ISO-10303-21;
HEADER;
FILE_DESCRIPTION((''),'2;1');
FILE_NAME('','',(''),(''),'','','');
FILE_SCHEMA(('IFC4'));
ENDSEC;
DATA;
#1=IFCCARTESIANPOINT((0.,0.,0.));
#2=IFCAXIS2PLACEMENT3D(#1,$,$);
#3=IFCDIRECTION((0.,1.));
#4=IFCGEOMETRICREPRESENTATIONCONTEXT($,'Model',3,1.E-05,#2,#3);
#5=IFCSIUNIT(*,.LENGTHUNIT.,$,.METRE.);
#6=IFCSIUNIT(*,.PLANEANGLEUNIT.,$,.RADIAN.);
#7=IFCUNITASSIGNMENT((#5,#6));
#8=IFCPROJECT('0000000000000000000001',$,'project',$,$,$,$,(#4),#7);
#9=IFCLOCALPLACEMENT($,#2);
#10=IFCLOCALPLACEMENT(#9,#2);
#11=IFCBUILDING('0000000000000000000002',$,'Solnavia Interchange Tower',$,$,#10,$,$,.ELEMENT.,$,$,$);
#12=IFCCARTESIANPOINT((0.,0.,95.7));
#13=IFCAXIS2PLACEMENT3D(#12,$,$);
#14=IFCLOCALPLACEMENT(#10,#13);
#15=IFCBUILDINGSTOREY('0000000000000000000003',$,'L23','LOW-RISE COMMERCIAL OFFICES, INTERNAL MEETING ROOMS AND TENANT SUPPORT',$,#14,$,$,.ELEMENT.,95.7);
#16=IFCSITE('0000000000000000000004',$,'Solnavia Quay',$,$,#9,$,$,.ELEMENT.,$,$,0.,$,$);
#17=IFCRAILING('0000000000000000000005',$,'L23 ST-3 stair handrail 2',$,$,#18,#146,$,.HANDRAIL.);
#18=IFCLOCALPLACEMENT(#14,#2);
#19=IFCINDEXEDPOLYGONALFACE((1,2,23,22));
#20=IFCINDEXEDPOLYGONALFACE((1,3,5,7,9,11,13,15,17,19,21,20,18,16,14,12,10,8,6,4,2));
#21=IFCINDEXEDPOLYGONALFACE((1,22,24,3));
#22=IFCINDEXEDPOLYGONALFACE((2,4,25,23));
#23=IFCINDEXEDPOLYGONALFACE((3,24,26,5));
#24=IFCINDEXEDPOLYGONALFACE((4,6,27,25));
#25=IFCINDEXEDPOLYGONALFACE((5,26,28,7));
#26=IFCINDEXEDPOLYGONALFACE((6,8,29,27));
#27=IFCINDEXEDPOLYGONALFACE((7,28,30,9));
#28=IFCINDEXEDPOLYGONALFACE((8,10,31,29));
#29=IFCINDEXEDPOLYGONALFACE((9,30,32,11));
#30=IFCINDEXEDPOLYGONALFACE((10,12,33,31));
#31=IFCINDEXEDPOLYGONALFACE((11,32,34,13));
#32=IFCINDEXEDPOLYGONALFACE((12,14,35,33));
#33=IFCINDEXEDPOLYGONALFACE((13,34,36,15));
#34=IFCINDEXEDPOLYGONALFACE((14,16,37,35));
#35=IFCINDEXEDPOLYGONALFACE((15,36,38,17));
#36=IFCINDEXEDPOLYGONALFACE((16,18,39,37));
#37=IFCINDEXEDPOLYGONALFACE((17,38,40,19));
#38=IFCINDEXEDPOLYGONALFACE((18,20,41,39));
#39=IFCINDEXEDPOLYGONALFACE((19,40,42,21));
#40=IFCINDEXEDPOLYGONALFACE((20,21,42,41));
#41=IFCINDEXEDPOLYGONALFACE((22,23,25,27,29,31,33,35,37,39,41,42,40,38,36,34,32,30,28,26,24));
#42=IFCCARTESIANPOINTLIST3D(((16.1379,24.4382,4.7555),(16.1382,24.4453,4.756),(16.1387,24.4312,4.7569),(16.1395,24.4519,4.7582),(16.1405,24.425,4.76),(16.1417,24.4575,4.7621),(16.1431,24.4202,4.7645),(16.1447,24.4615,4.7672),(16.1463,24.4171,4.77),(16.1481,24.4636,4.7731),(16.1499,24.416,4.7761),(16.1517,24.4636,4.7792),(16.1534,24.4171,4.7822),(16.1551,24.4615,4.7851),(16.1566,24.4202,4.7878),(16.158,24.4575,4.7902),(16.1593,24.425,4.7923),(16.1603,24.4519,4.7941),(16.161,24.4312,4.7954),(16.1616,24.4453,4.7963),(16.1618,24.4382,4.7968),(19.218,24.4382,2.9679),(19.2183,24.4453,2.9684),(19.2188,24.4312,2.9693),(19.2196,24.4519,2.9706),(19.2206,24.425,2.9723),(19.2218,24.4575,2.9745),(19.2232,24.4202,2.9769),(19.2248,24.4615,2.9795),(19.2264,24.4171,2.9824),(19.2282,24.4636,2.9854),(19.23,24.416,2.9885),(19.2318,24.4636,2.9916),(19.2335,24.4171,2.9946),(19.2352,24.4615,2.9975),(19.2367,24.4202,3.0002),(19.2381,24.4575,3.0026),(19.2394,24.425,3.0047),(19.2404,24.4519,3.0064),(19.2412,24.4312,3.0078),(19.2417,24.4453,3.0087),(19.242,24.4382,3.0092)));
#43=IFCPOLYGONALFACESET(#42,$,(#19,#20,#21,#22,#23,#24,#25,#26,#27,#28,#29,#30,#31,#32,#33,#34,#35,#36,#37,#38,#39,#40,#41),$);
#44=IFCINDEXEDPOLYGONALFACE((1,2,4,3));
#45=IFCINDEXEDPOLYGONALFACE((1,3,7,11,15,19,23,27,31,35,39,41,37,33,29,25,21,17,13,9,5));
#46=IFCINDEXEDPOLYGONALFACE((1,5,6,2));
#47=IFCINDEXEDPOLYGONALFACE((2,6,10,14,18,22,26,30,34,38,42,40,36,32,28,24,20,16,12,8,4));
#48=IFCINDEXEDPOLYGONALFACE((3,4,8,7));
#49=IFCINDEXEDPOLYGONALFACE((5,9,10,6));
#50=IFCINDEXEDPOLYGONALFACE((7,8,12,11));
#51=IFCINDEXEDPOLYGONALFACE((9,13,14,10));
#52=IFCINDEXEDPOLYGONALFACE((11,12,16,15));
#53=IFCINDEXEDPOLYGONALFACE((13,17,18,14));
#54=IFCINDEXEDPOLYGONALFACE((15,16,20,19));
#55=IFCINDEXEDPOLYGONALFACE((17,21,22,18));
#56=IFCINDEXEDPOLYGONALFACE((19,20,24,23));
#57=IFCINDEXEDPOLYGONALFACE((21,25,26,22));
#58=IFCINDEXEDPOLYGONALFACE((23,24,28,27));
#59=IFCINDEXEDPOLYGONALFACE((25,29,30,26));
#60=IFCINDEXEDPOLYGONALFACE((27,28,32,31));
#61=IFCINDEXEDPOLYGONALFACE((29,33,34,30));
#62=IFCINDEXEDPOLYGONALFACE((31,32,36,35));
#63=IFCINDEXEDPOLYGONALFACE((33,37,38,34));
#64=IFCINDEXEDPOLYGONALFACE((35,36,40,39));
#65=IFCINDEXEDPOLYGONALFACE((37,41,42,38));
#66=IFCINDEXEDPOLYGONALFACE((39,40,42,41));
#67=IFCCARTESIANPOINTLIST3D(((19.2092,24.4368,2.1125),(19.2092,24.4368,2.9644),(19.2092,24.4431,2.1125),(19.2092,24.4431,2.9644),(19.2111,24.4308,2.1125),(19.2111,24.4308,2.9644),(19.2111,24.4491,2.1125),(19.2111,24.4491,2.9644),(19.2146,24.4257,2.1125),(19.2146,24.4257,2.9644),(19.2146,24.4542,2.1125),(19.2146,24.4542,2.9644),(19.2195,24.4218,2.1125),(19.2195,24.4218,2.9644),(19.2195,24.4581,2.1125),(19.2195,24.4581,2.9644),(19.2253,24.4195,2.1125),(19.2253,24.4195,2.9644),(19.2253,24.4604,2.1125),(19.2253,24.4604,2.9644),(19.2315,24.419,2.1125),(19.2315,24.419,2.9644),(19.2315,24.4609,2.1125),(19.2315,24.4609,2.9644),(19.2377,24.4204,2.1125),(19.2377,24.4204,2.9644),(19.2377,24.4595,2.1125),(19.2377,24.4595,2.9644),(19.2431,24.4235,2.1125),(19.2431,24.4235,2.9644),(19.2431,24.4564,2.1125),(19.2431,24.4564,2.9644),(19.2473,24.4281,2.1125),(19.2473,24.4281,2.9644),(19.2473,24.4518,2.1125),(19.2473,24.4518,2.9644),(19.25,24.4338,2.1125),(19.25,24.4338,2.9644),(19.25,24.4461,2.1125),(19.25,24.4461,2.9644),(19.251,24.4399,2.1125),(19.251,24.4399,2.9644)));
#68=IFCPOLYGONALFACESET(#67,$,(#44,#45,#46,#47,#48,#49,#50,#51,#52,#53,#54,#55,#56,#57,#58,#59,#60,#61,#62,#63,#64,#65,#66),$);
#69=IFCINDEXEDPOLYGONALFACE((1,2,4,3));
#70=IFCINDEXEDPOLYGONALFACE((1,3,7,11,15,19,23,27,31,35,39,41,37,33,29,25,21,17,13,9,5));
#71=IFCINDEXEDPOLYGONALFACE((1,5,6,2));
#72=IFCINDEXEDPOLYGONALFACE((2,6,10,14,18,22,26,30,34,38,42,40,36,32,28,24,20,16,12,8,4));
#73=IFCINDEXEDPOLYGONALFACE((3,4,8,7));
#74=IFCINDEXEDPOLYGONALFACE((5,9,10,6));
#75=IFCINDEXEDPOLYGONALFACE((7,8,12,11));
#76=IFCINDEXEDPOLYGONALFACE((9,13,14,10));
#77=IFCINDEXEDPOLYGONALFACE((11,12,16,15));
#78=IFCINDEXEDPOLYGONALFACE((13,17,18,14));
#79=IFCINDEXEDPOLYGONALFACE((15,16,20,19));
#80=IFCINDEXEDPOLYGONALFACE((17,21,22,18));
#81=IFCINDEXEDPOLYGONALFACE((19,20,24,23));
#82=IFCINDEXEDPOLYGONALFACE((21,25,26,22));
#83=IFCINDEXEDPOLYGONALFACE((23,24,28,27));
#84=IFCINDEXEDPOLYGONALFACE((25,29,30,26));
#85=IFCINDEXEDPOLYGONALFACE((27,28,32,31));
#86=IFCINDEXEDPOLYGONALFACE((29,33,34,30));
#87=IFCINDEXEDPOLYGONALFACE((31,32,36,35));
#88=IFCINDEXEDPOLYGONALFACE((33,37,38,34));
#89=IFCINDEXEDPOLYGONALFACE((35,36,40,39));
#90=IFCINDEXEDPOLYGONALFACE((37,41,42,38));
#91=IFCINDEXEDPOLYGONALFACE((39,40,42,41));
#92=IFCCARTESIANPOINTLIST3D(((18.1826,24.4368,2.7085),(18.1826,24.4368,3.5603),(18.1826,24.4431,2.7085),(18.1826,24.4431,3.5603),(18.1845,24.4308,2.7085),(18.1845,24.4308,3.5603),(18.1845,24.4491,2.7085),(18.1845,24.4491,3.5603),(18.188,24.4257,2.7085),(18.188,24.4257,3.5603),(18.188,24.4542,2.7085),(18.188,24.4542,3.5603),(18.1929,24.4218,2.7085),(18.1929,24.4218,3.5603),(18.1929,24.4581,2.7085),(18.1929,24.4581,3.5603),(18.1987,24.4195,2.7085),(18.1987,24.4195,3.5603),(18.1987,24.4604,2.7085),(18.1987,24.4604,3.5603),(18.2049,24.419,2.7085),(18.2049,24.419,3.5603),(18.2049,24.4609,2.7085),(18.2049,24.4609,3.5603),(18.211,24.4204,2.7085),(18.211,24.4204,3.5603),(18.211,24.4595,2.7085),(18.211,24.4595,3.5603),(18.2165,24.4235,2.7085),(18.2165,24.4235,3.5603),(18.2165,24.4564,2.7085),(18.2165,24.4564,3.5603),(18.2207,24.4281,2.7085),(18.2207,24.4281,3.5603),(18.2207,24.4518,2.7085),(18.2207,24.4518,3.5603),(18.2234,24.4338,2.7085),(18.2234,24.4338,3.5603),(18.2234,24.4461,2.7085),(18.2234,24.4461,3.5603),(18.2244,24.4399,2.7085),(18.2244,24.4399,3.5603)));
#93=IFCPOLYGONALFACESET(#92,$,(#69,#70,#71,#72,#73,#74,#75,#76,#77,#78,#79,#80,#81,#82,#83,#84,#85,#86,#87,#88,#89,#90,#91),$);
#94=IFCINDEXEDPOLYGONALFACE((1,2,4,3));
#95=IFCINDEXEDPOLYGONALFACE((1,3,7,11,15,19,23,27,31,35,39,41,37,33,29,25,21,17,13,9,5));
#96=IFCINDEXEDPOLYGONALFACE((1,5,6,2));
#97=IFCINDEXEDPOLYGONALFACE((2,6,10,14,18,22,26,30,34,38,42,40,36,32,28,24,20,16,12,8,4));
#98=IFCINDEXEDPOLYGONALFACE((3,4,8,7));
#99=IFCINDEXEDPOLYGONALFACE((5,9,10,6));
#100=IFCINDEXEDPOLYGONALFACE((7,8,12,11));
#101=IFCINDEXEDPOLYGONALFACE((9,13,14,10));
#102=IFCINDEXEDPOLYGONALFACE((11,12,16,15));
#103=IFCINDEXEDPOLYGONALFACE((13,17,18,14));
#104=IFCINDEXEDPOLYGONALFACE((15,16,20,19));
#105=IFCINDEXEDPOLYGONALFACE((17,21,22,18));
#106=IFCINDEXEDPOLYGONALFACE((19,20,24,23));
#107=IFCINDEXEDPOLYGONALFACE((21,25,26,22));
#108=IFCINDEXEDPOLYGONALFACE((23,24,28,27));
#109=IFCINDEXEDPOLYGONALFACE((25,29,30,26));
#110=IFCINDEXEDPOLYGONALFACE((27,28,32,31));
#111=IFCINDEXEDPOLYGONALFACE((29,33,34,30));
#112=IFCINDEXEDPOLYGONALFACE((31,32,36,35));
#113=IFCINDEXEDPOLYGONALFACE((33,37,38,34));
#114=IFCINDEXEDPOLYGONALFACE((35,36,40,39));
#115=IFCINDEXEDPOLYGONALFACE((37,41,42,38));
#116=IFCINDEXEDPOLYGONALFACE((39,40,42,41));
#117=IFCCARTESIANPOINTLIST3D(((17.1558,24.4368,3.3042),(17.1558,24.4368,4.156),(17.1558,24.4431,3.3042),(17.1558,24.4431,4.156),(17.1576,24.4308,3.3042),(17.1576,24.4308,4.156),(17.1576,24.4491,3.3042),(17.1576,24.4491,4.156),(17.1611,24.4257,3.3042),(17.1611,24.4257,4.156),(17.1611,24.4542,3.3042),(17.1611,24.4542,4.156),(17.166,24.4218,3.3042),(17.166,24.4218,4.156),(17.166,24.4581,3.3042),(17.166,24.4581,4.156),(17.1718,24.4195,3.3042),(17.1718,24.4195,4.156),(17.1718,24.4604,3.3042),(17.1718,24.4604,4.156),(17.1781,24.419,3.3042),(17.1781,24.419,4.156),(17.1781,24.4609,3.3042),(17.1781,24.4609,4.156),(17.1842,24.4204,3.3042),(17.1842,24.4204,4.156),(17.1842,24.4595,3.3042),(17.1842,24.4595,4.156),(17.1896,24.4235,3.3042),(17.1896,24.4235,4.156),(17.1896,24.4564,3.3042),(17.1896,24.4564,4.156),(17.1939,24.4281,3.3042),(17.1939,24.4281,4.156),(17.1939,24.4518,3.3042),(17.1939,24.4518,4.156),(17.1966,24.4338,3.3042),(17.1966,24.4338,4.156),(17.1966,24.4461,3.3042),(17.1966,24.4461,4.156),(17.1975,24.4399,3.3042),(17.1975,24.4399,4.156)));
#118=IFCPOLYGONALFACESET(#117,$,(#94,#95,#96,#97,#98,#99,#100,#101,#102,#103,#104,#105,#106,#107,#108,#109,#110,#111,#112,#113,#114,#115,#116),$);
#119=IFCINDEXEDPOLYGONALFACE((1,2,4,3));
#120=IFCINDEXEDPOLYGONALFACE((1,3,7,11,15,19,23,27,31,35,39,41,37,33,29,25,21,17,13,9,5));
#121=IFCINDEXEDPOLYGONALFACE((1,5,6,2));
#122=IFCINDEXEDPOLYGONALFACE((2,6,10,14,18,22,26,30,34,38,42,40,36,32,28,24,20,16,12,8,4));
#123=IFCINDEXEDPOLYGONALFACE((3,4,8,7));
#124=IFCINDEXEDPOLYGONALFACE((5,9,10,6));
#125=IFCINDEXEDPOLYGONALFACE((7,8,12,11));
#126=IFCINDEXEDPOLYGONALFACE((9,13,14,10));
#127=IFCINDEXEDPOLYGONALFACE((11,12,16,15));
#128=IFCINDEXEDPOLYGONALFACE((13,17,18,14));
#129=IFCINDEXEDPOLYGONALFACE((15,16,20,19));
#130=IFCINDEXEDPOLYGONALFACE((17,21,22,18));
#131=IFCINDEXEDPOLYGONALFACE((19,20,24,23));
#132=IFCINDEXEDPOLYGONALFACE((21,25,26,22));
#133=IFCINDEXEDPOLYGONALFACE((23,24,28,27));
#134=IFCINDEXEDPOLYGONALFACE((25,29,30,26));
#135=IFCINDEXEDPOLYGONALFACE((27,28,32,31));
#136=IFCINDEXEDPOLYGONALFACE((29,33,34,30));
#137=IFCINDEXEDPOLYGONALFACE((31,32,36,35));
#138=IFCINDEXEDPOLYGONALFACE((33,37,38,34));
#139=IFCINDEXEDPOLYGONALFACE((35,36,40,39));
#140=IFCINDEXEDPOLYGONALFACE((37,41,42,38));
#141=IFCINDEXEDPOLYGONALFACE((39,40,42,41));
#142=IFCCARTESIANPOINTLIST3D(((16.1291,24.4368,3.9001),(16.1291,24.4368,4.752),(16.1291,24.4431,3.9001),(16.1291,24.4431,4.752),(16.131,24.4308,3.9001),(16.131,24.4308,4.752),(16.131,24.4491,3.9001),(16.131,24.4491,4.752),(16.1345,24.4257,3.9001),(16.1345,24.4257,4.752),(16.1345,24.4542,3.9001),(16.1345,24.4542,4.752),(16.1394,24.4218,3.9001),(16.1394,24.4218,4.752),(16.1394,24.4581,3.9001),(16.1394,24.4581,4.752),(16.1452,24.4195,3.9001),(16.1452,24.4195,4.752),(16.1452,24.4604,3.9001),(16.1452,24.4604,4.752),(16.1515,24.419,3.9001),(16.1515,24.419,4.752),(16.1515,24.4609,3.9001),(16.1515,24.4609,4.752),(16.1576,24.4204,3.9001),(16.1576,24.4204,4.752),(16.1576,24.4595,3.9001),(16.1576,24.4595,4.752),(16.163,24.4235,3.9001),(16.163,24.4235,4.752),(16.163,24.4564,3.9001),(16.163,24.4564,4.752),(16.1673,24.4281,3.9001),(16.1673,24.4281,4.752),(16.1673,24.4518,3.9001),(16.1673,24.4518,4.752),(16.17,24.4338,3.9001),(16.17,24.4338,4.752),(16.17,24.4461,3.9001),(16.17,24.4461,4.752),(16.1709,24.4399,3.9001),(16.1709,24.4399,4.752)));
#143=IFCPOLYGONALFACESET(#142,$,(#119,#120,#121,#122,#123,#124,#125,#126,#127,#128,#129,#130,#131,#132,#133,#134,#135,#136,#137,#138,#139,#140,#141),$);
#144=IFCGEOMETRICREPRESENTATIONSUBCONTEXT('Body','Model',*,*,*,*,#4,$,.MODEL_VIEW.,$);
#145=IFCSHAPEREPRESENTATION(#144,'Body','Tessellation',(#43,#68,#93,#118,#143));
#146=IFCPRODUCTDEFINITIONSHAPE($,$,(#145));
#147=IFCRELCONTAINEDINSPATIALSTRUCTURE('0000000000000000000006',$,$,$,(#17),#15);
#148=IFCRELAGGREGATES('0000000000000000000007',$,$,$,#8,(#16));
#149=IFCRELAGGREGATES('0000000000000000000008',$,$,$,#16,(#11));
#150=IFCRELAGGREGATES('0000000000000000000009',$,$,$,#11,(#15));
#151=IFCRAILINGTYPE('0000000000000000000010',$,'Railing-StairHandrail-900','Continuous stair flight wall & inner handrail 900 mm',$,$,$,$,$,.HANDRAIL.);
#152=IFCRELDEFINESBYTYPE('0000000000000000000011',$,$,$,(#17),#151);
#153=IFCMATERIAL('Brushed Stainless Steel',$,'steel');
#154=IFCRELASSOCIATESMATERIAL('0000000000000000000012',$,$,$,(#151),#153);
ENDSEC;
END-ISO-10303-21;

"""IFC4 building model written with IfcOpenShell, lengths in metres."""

from ifc_helpers import new_model, si_unit, direction, frame, origin, origin_2d, place, context, subcontext, project, spatial, circle, extrude, material, type_object, element, save


model = new_model("IFC4")

# Units and contexts
model_context = context("Model", 3, precision=1e-05, world=origin(), true_north=direction((0.0, 1.0)))
body_context = subcontext(model_context, "Body", "Model", "MODEL_VIEW")
ifc_project = project(units=[si_unit("LENGTHUNIT", "METRE"), si_unit("PLANEANGLEUNIT", "RADIAN")], contexts=[model_context])

# Site, building, storey
site_placement = place(None, origin())
site = spatial("IfcSite", under=ifc_project, at=site_placement, Name="Solnavia Quay", CompositionType="ELEMENT", RefElevation=0.0)
building_placement = place(site_placement, origin())
building = spatial("IfcBuilding", under=site, at=building_placement, Name="Solnavia Interchange Tower", CompositionType="ELEMENT")
storey_placement = place(building_placement, frame((0.0, 0.0, 95.7)))
storey = spatial("IfcBuildingStorey", under=building, at=storey_placement, Name="L23", Description="LOW-RISE COMMERCIAL OFFICES, INTERNAL MEETING ROOMS AND TENANT SUPPORT", CompositionType="ELEMENT", Elevation=95.7)

# Railing
ifc_material_1 = material(Name="Brushed Stainless Steel", Category="steel")
railing_type_1 = type_object("IfcRailingType", Name="Railing-StairHandrail-900", Description="Continuous stair flight wall & inner handrail 900 mm", PredefinedType="HANDRAIL", material=ifc_material_1)
railing_1_placement = place(storey_placement, frame((19.23, 24.4399, 2.1125)))
element("IfcRailing", 1, at=railing_1_placement, inside=storey, type_object=railing_type_1, Name="L23 ST-3 stair handrail 2", PredefinedType="HANDRAIL", context=body_context, shape_type="SweptSolid", body=[
    extrude(circle(Radius=0.0239, at=origin_2d()), frame((0.0, 0.0, 0.876), z_axis=(-0.864891, 0.0, 0.50196), x_axis=(0.0, -1.0, 0.0)), (0.0, 0.0, 1.0), 3.5613),
    extrude(circle(Radius=0.021, at=origin_2d()), origin(), (0.0, 0.0, 1.0), 0.8518),
    extrude(circle(Radius=0.021, at=origin_2d()), frame((-1.0266, 0.0, 0.5959)), (0.0, 0.0, 1.0), 0.8518),
    extrude(circle(Radius=0.021, at=origin_2d()), frame((-2.0535, 0.0, 1.1917)), (0.0, 0.0, 1.0), 0.8518),
    extrude(circle(Radius=0.021, at=origin_2d()), frame((-3.0801, 0.0, 1.7876)), (0.0, 0.0, 1.0), 0.8518),
])

save(model, "model.ifc")
